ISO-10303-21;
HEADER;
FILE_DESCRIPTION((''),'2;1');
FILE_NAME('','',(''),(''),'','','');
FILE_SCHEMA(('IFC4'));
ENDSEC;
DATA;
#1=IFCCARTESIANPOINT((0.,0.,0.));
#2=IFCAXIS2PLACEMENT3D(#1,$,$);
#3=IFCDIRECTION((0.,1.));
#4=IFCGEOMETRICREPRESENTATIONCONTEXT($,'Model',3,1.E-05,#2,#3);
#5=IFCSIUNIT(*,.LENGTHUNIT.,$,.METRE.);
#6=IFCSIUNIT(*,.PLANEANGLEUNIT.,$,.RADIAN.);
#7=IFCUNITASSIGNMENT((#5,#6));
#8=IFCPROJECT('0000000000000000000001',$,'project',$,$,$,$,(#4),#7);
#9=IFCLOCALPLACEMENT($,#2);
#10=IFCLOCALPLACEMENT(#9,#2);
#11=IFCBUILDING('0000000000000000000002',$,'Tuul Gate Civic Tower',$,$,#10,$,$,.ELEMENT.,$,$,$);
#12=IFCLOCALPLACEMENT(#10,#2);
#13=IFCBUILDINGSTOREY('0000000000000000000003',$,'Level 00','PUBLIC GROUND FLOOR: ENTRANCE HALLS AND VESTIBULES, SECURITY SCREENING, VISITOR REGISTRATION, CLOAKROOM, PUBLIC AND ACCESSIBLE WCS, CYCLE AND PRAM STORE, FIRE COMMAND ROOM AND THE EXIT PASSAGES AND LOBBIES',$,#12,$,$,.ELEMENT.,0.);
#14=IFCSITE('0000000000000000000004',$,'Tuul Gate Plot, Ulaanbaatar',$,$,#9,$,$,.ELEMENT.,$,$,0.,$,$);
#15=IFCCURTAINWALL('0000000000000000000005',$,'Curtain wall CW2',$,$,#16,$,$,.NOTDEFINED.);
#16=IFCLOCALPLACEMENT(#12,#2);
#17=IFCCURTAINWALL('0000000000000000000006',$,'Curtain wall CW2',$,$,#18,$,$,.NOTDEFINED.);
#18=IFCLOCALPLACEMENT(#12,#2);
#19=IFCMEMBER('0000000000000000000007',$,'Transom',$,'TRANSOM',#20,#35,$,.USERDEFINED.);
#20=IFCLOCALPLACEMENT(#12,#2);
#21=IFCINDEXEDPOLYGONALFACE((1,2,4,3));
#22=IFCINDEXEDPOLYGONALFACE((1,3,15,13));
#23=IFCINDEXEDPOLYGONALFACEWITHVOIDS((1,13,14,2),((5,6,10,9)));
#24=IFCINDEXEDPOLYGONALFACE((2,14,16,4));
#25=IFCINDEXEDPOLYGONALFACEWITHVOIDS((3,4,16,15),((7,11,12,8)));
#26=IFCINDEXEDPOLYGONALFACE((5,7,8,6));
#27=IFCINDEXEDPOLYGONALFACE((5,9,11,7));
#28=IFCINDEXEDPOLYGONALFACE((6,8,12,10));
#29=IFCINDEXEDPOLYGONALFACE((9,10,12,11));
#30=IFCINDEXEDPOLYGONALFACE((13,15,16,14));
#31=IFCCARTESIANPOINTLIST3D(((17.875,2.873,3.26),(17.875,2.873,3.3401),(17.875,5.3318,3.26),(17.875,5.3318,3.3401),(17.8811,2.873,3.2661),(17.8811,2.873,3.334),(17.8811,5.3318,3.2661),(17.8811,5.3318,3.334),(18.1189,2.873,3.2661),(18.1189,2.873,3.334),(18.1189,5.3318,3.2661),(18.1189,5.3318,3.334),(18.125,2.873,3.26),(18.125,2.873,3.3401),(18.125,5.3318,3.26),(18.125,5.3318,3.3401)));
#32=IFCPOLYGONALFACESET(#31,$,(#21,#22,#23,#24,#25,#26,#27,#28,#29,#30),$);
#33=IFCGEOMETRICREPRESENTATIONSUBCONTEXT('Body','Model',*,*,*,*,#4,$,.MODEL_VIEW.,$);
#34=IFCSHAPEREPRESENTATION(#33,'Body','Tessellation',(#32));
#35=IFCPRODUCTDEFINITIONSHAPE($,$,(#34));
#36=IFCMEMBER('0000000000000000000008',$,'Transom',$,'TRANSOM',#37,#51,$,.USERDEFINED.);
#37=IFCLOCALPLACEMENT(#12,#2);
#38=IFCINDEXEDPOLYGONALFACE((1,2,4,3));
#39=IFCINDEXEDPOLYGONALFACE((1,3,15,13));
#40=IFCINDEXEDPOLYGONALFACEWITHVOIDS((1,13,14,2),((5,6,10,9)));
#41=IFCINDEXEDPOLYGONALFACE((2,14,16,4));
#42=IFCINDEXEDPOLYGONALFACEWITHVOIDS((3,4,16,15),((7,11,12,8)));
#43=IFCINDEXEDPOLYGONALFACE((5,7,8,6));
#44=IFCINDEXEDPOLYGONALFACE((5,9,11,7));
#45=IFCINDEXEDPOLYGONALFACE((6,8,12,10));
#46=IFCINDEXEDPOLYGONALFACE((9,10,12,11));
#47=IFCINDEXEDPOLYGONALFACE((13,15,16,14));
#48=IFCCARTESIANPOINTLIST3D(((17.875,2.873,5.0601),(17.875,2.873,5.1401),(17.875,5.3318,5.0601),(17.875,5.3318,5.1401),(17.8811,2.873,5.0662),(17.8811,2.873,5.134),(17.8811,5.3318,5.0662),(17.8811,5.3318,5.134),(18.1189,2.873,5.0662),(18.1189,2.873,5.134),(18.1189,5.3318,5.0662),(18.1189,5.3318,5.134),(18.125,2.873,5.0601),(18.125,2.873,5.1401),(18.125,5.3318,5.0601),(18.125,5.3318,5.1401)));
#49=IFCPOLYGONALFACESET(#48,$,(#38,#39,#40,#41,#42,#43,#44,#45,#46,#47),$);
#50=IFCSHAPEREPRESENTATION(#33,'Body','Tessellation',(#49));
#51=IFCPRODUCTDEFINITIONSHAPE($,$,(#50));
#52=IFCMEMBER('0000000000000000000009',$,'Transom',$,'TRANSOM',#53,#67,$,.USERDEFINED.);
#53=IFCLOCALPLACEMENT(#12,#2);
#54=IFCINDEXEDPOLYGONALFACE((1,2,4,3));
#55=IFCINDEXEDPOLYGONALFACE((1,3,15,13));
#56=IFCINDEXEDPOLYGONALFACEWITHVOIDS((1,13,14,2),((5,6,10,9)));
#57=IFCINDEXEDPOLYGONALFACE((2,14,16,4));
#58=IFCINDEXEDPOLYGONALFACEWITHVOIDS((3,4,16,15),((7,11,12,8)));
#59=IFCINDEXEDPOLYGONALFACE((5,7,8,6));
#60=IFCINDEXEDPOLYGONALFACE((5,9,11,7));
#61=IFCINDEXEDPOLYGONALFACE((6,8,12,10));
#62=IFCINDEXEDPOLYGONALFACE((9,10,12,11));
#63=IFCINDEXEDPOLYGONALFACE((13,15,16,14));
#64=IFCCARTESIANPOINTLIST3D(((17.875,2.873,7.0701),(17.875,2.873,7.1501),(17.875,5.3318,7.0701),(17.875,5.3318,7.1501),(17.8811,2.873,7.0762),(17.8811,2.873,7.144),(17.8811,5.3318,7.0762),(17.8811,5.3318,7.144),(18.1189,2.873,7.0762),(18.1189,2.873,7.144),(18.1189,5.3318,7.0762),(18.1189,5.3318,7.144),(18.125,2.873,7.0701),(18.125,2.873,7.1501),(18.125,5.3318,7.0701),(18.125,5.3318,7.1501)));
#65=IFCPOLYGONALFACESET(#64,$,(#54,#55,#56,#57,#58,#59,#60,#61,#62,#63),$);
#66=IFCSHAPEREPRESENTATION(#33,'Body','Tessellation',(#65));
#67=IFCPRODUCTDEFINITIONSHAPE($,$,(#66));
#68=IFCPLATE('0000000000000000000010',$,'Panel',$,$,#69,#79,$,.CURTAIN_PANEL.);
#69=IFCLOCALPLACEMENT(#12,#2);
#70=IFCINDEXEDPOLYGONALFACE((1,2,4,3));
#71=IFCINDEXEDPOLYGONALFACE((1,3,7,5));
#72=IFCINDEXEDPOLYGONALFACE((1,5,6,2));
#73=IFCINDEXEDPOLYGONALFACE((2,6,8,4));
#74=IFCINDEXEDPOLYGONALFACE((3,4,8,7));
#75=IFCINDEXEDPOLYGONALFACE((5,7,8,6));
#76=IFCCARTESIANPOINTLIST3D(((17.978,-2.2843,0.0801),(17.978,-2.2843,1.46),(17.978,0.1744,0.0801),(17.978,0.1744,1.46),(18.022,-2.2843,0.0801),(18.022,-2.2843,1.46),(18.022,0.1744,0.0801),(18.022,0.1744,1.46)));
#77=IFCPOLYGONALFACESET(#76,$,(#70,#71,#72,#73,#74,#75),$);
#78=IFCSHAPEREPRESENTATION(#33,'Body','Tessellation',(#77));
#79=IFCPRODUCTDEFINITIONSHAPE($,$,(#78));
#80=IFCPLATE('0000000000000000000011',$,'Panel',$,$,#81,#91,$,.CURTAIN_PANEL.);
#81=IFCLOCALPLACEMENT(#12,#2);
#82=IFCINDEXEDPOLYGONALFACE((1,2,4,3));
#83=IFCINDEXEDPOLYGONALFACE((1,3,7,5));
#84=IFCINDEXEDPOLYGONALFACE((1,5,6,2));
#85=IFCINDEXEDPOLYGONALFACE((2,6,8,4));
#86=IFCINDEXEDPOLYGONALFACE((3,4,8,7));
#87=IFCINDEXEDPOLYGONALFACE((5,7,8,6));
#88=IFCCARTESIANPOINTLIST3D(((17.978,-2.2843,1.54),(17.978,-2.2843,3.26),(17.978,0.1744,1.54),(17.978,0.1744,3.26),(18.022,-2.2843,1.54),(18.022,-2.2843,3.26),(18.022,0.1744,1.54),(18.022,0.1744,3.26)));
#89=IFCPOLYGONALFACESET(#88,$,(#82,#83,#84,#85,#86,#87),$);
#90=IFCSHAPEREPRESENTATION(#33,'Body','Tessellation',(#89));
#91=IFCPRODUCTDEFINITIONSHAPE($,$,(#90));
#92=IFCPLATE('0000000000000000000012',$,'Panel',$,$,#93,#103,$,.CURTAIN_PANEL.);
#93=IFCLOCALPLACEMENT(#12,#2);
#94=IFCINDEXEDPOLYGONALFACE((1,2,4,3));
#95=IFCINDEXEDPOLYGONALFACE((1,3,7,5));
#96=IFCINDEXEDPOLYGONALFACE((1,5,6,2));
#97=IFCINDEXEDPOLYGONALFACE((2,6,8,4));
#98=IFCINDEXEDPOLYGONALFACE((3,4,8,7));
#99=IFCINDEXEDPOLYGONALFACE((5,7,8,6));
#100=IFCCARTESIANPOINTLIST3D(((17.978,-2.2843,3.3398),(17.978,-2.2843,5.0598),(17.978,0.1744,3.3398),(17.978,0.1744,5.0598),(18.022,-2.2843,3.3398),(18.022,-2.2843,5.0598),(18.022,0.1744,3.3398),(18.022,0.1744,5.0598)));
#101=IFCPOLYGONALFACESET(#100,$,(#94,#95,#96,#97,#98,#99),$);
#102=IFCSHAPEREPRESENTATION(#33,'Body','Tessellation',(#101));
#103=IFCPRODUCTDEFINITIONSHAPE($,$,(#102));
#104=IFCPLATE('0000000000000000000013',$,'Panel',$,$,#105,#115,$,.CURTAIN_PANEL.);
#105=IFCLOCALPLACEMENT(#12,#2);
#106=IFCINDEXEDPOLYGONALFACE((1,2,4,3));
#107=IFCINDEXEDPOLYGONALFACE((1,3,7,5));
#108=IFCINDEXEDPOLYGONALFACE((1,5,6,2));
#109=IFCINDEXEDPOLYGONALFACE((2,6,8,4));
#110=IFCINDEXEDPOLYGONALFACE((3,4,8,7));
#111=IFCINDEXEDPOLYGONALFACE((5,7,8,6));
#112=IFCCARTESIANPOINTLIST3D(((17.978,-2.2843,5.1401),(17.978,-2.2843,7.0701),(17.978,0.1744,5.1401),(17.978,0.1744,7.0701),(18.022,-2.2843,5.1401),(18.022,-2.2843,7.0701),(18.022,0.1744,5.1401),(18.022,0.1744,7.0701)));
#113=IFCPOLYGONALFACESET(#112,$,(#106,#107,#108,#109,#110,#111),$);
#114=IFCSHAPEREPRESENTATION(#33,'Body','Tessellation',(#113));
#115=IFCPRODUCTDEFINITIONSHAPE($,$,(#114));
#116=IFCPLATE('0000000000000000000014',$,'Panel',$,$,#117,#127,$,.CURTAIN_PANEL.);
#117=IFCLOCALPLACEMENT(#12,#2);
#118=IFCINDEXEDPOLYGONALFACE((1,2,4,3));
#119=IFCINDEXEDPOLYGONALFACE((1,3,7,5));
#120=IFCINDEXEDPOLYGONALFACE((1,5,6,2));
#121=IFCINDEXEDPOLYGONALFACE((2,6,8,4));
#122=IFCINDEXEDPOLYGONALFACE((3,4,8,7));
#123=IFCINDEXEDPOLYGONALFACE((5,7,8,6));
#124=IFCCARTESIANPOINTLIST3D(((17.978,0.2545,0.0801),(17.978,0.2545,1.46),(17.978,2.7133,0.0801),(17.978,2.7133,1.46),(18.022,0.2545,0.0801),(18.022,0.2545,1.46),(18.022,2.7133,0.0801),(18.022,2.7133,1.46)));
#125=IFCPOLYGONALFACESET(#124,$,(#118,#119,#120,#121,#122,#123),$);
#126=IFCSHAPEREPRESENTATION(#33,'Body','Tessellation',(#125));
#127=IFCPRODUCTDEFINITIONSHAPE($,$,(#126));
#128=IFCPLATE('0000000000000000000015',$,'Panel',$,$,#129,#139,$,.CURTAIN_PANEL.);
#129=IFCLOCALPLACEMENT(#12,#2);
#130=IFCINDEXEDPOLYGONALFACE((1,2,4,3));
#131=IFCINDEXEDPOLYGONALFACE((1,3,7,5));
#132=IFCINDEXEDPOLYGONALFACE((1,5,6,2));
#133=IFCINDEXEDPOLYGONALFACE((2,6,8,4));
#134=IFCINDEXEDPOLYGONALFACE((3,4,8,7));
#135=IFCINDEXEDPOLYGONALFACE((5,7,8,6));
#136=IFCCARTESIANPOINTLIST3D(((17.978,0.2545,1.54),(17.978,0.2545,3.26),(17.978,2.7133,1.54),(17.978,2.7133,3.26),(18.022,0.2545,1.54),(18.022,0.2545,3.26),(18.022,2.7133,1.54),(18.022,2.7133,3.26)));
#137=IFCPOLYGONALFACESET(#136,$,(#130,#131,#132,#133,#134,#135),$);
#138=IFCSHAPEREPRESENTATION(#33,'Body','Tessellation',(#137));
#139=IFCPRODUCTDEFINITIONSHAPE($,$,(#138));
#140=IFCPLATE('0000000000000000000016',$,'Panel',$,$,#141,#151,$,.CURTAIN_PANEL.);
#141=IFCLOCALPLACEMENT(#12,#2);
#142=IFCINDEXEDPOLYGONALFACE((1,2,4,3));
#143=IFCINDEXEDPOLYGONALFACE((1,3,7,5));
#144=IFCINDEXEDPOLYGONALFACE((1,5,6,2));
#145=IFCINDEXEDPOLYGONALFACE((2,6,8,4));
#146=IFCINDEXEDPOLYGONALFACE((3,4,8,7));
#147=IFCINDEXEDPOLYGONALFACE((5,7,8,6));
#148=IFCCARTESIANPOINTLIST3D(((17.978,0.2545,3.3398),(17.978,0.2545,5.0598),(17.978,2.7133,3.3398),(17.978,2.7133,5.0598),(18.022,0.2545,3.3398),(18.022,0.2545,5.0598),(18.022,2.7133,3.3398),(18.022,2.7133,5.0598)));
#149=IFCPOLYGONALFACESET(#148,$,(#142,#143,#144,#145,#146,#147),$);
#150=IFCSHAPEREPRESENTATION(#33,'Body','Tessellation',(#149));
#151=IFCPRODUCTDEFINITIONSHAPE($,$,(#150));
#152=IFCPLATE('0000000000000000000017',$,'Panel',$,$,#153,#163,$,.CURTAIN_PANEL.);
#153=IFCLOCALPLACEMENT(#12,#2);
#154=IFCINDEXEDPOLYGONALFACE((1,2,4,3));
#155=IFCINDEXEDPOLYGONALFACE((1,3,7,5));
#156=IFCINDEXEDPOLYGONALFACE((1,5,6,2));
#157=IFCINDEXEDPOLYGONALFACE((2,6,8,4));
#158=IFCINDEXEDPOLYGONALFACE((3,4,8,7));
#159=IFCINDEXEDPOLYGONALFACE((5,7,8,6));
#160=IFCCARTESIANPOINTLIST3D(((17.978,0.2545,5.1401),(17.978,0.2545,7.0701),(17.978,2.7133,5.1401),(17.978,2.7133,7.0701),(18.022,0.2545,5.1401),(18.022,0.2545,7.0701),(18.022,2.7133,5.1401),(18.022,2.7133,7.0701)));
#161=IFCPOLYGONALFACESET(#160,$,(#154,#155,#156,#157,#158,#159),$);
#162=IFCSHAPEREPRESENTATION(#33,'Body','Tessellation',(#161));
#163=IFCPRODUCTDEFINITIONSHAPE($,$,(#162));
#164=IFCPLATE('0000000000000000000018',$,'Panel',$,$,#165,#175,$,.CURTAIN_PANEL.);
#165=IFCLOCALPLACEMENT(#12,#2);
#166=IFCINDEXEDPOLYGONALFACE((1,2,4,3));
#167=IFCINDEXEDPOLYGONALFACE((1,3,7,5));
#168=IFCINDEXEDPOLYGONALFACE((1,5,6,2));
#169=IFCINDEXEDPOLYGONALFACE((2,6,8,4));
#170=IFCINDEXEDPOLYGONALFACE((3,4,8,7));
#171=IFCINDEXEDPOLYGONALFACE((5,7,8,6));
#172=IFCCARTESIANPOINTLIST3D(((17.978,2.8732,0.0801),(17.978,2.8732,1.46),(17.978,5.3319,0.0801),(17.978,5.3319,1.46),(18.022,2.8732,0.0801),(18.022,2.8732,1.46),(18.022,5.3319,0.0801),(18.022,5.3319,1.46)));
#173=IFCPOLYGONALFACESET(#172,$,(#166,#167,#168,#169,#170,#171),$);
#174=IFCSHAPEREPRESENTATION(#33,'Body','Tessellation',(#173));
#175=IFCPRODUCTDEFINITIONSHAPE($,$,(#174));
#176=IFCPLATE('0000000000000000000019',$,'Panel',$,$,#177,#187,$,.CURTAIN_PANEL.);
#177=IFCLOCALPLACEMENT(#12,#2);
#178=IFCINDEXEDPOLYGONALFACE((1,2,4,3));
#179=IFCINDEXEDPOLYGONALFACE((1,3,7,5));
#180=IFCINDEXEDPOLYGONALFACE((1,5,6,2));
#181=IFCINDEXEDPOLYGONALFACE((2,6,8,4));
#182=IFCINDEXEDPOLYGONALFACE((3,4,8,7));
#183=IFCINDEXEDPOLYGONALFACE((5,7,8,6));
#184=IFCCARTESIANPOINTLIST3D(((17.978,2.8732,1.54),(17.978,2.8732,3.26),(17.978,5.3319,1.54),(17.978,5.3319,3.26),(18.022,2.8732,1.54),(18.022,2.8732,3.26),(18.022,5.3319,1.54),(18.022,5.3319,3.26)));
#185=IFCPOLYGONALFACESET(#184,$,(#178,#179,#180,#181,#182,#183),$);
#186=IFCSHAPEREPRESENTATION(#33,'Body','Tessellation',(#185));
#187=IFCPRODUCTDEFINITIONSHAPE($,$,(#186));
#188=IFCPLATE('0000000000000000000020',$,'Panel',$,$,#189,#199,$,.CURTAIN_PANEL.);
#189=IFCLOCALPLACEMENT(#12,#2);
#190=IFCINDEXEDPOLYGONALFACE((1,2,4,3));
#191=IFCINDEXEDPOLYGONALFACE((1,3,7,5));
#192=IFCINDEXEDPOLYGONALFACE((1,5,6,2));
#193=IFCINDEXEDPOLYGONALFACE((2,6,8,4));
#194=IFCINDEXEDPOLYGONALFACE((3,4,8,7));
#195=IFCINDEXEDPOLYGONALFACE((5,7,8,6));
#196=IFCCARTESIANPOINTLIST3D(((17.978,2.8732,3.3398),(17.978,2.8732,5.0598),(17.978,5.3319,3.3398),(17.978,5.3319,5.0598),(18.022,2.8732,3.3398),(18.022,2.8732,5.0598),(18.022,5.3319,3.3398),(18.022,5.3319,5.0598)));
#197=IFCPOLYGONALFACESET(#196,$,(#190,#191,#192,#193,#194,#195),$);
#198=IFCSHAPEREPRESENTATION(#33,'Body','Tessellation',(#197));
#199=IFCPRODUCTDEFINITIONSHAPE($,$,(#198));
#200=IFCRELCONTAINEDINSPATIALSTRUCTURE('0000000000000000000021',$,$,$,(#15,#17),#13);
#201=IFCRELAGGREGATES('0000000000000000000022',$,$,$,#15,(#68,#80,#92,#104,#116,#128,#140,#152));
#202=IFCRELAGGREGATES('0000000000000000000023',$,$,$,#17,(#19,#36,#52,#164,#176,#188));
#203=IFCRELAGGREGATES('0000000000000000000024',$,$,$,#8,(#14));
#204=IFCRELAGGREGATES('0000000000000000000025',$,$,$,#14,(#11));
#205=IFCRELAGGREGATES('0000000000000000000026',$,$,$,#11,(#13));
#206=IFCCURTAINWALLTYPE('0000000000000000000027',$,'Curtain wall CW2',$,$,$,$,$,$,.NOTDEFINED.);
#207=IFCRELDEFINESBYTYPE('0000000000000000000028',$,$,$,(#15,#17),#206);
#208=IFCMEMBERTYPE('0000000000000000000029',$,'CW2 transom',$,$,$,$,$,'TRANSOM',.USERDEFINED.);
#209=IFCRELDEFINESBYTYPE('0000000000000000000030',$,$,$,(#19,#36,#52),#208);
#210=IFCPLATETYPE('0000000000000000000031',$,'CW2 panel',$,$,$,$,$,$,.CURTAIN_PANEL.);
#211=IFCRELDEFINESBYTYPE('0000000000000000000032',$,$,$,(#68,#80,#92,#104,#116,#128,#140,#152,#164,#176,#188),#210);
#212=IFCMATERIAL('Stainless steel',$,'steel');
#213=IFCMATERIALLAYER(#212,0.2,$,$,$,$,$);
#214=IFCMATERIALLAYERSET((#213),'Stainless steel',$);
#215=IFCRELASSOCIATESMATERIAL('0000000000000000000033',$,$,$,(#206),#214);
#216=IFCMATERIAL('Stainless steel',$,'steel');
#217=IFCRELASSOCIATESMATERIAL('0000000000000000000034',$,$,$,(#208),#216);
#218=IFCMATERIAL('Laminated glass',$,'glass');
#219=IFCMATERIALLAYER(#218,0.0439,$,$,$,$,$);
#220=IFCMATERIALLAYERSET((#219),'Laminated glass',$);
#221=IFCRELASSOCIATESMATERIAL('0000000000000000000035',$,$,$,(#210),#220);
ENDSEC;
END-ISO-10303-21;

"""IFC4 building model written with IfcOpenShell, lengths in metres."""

from ifc_helpers import new_model, si_unit, direction, frame, origin, origin_2d, place, context, subcontext, project, spatial, rectangle, hollow_rectangle, extrude, material, layer, layer_set, material_profile, profile_set, type_object, element, aggregate, save


model = new_model("IFC4")

# Units and contexts
model_context = context("Model", 3, precision=1e-05, world=origin(), true_north=direction((0.0, 1.0)))
body_context = subcontext(model_context, "Body", "Model", "MODEL_VIEW")
ifc_project = project(units=[si_unit("LENGTHUNIT", "METRE"), si_unit("PLANEANGLEUNIT", "RADIAN")], contexts=[model_context])

# Site, building, storey
site_placement = place(None, origin())
site = spatial("IfcSite", under=ifc_project, at=site_placement, Name="Tuul Gate Plot, Ulaanbaatar", CompositionType="ELEMENT", RefElevation=0.0)
building_placement = place(site_placement, origin())
building = spatial("IfcBuilding", under=site, at=building_placement, Name="Tuul Gate Civic Tower", CompositionType="ELEMENT")
storey_placement = place(building_placement, origin())
storey = spatial("IfcBuildingStorey", under=building, at=storey_placement, Name="Level 00", Description="PUBLIC GROUND FLOOR: ENTRANCE HALLS AND VESTIBULES, SECURITY SCREENING, VISITOR REGISTRATION, CLOAKROOM, PUBLIC AND ACCESSIBLE WCS, CYCLE AND PRAM STORE, FIRE COMMAND ROOM AND THE EXIT PASSAGES AND LOBBIES", CompositionType="ELEMENT", Elevation=0.0)

# Curtain wall
ifc_material_1 = material(Name="Stainless steel", Category="steel")
ifc_layer_1 = layer(ifc_material_1, 0.2)
ifc_layer_set_1 = layer_set([ifc_layer_1], Name="Stainless steel")
curtain_wall_type = type_object("IfcCurtainWallType", Name="Curtain wall CW2", PredefinedType="NOTDEFINED", material=ifc_layer_set_1)
curtain_wall_1_placement = place(storey_placement, origin())
curtain_wall_1 = element("IfcCurtainWall", 1, at=curtain_wall_1_placement, inside=storey, type_object=curtain_wall_type, Name="Curtain wall CW2", PredefinedType="NOTDEFINED")

# Curtain wall
curtain_wall_2_placement = place(storey_placement, origin())
curtain_wall_2 = element("IfcCurtainWall", 2, at=curtain_wall_2_placement, inside=storey, type_object=curtain_wall_type, Name="Curtain wall CW2", PredefinedType="NOTDEFINED")

# Members
ifc_material_2 = material(Name="Stainless steel", Category="steel")
ifc_material_profile_1 = material_profile(ifc_material_2, hollow_rectangle(XDim=0.25, YDim=0.0801, WallThickness=0.0061, at=origin_2d()), Name="CW2 transom")
ifc_profile_set_1 = profile_set([ifc_material_profile_1], Name="Stainless steel")
member_type_1 = type_object("IfcMemberType", Name="CW2 transom", ElementType="TRANSOM", PredefinedType="USERDEFINED", material=ifc_profile_set_1)
member_1_placement = place(storey_placement, frame((18.0, 2.873, 3.3), z_axis=(0.0, 1.0, 0.0), x_axis=(-1.0, 0.0, 0.0)))
member_1 = element("IfcMember", 3, at=member_1_placement, type_object=member_type_1, Name="Transom", ObjectType="TRANSOM", PredefinedType="USERDEFINED", context=body_context, shape_type="SweptSolid", body=[
    extrude(hollow_rectangle(XDim=0.25, YDim=0.0801, WallThickness=0.0061, at=origin_2d()), origin(), (0.0, 0.0, 1.0), 2.4587),
])
member_2_placement = place(storey_placement, frame((18.0, 2.873, 5.1001), z_axis=(0.0, 1.0, 0.0), x_axis=(-1.0, 0.0, 0.0)))
member_2 = element("IfcMember", 4, at=member_2_placement, type_object=member_type_1, Name="Transom", ObjectType="TRANSOM", PredefinedType="USERDEFINED", context=body_context, shape_type="SweptSolid", body=[
    extrude(hollow_rectangle(XDim=0.25, YDim=0.0801, WallThickness=0.0061, at=origin_2d()), origin(), (0.0, 0.0, 1.0), 2.4587),
])
member_3_placement = place(storey_placement, frame((18.0, 2.873, 7.1101), z_axis=(0.0, 1.0, 0.0), x_axis=(-1.0, 0.0, 0.0)))
member_3 = element("IfcMember", 5, at=member_3_placement, type_object=member_type_1, Name="Transom", ObjectType="TRANSOM", PredefinedType="USERDEFINED", context=body_context, shape_type="SweptSolid", body=[
    extrude(hollow_rectangle(XDim=0.25, YDim=0.0801, WallThickness=0.0061, at=origin_2d()), origin(), (0.0, 0.0, 1.0), 2.4587),
])

# Plates
ifc_material_3 = material(Name="Laminated glass", Category="glass")
ifc_layer_2 = layer(ifc_material_3, 0.0439)
ifc_layer_set_2 = layer_set([ifc_layer_2], Name="Laminated glass")
plate_type = type_object("IfcPlateType", Name="CW2 panel", PredefinedType="CURTAIN_PANEL", material=ifc_layer_set_2)
plate_1_placement = place(storey_placement, frame((18.0, -1.0549, 0.0801), z_axis=(0.0, 0.0, 1.0), x_axis=(0.0, 1.0, 0.0)))
plate_1 = element("IfcPlate", 6, at=plate_1_placement, type_object=plate_type, Name="Panel", PredefinedType="CURTAIN_PANEL", context=body_context, shape_type="SweptSolid", body=[
    extrude(rectangle(XDim=2.4587, YDim=0.0439, at=origin_2d()), origin(), (0.0, 0.0, 1.0), 1.3799),
])
plate_2_placement = place(storey_placement, frame((18.0, -1.0549, 1.54), z_axis=(0.0, 0.0, 1.0), x_axis=(0.0, 1.0, 0.0)))
plate_2 = element("IfcPlate", 7, at=plate_2_placement, type_object=plate_type, Name="Panel", PredefinedType="CURTAIN_PANEL", context=body_context, shape_type="SweptSolid", body=[
    extrude(rectangle(XDim=2.4587, YDim=0.0439, at=origin_2d()), origin(), (0.0, 0.0, 1.0), 1.72),
])
plate_3_placement = place(storey_placement, frame((18.0, -1.0549, 3.3398), z_axis=(0.0, 0.0, 1.0), x_axis=(0.0, 1.0, 0.0)))
plate_3 = element("IfcPlate", 8, at=plate_3_placement, type_object=plate_type, Name="Panel", PredefinedType="CURTAIN_PANEL", context=body_context, shape_type="SweptSolid", body=[
    extrude(rectangle(XDim=2.4587, YDim=0.0439, at=origin_2d()), origin(), (0.0, 0.0, 1.0), 1.72),
])
plate_4_placement = place(storey_placement, frame((18.0, -1.0549, 5.1401), z_axis=(0.0, 0.0, 1.0), x_axis=(0.0, 1.0, 0.0)))
plate_4 = element("IfcPlate", 9, at=plate_4_placement, type_object=plate_type, Name="Panel", PredefinedType="CURTAIN_PANEL", context=body_context, shape_type="SweptSolid", body=[
    extrude(rectangle(XDim=2.4587, YDim=0.0439, at=origin_2d()), origin(), (0.0, 0.0, 1.0), 1.9299),
])
plate_5_placement = place(storey_placement, frame((18.0, 1.4839, 0.0801), z_axis=(0.0, 0.0, 1.0), x_axis=(0.0, 1.0, 0.0)))
plate_5 = element("IfcPlate", 10, at=plate_5_placement, type_object=plate_type, Name="Panel", PredefinedType="CURTAIN_PANEL", context=body_context, shape_type="SweptSolid", body=[
    extrude(rectangle(XDim=2.4587, YDim=0.0439, at=origin_2d()), origin(), (0.0, 0.0, 1.0), 1.3799),
])
plate_6_placement = place(storey_placement, frame((18.0, 1.4839, 1.54), z_axis=(0.0, 0.0, 1.0), x_axis=(0.0, 1.0, 0.0)))
plate_6 = element("IfcPlate", 11, at=plate_6_placement, type_object=plate_type, Name="Panel", PredefinedType="CURTAIN_PANEL", context=body_context, shape_type="SweptSolid", body=[
    extrude(rectangle(XDim=2.4587, YDim=0.0439, at=origin_2d()), origin(), (0.0, 0.0, 1.0), 1.72),
])
plate_7_placement = place(storey_placement, frame((18.0, 1.4839, 3.3398), z_axis=(0.0, 0.0, 1.0), x_axis=(0.0, 1.0, 0.0)))
plate_7 = element("IfcPlate", 12, at=plate_7_placement, type_object=plate_type, Name="Panel", PredefinedType="CURTAIN_PANEL", context=body_context, shape_type="SweptSolid", body=[
    extrude(rectangle(XDim=2.4587, YDim=0.0439, at=origin_2d()), origin(), (0.0, 0.0, 1.0), 1.72),
])
plate_8_placement = place(storey_placement, frame((18.0, 1.4839, 5.1401), z_axis=(0.0, 0.0, 1.0), x_axis=(0.0, 1.0, 0.0)))
plate_8 = element("IfcPlate", 13, at=plate_8_placement, type_object=plate_type, Name="Panel", PredefinedType="CURTAIN_PANEL", context=body_context, shape_type="SweptSolid", body=[
    extrude(rectangle(XDim=2.4587, YDim=0.0439, at=origin_2d()), origin(), (0.0, 0.0, 1.0), 1.9299),
])
aggregate(curtain_wall_1, [plate_1, plate_2, plate_3, plate_4, plate_5, plate_6, plate_7, plate_8])
plate_9_placement = place(storey_placement, frame((18.0, 4.1025, 0.0801), z_axis=(0.0, 0.0, 1.0), x_axis=(0.0, 1.0, 0.0)))
plate_9 = element("IfcPlate", 14, at=plate_9_placement, type_object=plate_type, Name="Panel", PredefinedType="CURTAIN_PANEL", context=body_context, shape_type="SweptSolid", body=[
    extrude(rectangle(XDim=2.4587, YDim=0.0439, at=origin_2d()), origin(), (0.0, 0.0, 1.0), 1.3799),
])
plate_10_placement = place(storey_placement, frame((18.0, 4.1025, 1.54), z_axis=(0.0, 0.0, 1.0), x_axis=(0.0, 1.0, 0.0)))
plate_10 = element("IfcPlate", 15, at=plate_10_placement, type_object=plate_type, Name="Panel", PredefinedType="CURTAIN_PANEL", context=body_context, shape_type="SweptSolid", body=[
    extrude(rectangle(XDim=2.4587, YDim=0.0439, at=origin_2d()), origin(), (0.0, 0.0, 1.0), 1.72),
])
plate_11_placement = place(storey_placement, frame((18.0, 4.1025, 3.3398), z_axis=(0.0, 0.0, 1.0), x_axis=(0.0, 1.0, 0.0)))
plate_11 = element("IfcPlate", 16, at=plate_11_placement, type_object=plate_type, Name="Panel", PredefinedType="CURTAIN_PANEL", context=body_context, shape_type="SweptSolid", body=[
    extrude(rectangle(XDim=2.4587, YDim=0.0439, at=origin_2d()), origin(), (0.0, 0.0, 1.0), 1.72),
])
aggregate(curtain_wall_2, [member_1, member_2, member_3, plate_9, plate_10, plate_11])

save(model, "model.ifc")
